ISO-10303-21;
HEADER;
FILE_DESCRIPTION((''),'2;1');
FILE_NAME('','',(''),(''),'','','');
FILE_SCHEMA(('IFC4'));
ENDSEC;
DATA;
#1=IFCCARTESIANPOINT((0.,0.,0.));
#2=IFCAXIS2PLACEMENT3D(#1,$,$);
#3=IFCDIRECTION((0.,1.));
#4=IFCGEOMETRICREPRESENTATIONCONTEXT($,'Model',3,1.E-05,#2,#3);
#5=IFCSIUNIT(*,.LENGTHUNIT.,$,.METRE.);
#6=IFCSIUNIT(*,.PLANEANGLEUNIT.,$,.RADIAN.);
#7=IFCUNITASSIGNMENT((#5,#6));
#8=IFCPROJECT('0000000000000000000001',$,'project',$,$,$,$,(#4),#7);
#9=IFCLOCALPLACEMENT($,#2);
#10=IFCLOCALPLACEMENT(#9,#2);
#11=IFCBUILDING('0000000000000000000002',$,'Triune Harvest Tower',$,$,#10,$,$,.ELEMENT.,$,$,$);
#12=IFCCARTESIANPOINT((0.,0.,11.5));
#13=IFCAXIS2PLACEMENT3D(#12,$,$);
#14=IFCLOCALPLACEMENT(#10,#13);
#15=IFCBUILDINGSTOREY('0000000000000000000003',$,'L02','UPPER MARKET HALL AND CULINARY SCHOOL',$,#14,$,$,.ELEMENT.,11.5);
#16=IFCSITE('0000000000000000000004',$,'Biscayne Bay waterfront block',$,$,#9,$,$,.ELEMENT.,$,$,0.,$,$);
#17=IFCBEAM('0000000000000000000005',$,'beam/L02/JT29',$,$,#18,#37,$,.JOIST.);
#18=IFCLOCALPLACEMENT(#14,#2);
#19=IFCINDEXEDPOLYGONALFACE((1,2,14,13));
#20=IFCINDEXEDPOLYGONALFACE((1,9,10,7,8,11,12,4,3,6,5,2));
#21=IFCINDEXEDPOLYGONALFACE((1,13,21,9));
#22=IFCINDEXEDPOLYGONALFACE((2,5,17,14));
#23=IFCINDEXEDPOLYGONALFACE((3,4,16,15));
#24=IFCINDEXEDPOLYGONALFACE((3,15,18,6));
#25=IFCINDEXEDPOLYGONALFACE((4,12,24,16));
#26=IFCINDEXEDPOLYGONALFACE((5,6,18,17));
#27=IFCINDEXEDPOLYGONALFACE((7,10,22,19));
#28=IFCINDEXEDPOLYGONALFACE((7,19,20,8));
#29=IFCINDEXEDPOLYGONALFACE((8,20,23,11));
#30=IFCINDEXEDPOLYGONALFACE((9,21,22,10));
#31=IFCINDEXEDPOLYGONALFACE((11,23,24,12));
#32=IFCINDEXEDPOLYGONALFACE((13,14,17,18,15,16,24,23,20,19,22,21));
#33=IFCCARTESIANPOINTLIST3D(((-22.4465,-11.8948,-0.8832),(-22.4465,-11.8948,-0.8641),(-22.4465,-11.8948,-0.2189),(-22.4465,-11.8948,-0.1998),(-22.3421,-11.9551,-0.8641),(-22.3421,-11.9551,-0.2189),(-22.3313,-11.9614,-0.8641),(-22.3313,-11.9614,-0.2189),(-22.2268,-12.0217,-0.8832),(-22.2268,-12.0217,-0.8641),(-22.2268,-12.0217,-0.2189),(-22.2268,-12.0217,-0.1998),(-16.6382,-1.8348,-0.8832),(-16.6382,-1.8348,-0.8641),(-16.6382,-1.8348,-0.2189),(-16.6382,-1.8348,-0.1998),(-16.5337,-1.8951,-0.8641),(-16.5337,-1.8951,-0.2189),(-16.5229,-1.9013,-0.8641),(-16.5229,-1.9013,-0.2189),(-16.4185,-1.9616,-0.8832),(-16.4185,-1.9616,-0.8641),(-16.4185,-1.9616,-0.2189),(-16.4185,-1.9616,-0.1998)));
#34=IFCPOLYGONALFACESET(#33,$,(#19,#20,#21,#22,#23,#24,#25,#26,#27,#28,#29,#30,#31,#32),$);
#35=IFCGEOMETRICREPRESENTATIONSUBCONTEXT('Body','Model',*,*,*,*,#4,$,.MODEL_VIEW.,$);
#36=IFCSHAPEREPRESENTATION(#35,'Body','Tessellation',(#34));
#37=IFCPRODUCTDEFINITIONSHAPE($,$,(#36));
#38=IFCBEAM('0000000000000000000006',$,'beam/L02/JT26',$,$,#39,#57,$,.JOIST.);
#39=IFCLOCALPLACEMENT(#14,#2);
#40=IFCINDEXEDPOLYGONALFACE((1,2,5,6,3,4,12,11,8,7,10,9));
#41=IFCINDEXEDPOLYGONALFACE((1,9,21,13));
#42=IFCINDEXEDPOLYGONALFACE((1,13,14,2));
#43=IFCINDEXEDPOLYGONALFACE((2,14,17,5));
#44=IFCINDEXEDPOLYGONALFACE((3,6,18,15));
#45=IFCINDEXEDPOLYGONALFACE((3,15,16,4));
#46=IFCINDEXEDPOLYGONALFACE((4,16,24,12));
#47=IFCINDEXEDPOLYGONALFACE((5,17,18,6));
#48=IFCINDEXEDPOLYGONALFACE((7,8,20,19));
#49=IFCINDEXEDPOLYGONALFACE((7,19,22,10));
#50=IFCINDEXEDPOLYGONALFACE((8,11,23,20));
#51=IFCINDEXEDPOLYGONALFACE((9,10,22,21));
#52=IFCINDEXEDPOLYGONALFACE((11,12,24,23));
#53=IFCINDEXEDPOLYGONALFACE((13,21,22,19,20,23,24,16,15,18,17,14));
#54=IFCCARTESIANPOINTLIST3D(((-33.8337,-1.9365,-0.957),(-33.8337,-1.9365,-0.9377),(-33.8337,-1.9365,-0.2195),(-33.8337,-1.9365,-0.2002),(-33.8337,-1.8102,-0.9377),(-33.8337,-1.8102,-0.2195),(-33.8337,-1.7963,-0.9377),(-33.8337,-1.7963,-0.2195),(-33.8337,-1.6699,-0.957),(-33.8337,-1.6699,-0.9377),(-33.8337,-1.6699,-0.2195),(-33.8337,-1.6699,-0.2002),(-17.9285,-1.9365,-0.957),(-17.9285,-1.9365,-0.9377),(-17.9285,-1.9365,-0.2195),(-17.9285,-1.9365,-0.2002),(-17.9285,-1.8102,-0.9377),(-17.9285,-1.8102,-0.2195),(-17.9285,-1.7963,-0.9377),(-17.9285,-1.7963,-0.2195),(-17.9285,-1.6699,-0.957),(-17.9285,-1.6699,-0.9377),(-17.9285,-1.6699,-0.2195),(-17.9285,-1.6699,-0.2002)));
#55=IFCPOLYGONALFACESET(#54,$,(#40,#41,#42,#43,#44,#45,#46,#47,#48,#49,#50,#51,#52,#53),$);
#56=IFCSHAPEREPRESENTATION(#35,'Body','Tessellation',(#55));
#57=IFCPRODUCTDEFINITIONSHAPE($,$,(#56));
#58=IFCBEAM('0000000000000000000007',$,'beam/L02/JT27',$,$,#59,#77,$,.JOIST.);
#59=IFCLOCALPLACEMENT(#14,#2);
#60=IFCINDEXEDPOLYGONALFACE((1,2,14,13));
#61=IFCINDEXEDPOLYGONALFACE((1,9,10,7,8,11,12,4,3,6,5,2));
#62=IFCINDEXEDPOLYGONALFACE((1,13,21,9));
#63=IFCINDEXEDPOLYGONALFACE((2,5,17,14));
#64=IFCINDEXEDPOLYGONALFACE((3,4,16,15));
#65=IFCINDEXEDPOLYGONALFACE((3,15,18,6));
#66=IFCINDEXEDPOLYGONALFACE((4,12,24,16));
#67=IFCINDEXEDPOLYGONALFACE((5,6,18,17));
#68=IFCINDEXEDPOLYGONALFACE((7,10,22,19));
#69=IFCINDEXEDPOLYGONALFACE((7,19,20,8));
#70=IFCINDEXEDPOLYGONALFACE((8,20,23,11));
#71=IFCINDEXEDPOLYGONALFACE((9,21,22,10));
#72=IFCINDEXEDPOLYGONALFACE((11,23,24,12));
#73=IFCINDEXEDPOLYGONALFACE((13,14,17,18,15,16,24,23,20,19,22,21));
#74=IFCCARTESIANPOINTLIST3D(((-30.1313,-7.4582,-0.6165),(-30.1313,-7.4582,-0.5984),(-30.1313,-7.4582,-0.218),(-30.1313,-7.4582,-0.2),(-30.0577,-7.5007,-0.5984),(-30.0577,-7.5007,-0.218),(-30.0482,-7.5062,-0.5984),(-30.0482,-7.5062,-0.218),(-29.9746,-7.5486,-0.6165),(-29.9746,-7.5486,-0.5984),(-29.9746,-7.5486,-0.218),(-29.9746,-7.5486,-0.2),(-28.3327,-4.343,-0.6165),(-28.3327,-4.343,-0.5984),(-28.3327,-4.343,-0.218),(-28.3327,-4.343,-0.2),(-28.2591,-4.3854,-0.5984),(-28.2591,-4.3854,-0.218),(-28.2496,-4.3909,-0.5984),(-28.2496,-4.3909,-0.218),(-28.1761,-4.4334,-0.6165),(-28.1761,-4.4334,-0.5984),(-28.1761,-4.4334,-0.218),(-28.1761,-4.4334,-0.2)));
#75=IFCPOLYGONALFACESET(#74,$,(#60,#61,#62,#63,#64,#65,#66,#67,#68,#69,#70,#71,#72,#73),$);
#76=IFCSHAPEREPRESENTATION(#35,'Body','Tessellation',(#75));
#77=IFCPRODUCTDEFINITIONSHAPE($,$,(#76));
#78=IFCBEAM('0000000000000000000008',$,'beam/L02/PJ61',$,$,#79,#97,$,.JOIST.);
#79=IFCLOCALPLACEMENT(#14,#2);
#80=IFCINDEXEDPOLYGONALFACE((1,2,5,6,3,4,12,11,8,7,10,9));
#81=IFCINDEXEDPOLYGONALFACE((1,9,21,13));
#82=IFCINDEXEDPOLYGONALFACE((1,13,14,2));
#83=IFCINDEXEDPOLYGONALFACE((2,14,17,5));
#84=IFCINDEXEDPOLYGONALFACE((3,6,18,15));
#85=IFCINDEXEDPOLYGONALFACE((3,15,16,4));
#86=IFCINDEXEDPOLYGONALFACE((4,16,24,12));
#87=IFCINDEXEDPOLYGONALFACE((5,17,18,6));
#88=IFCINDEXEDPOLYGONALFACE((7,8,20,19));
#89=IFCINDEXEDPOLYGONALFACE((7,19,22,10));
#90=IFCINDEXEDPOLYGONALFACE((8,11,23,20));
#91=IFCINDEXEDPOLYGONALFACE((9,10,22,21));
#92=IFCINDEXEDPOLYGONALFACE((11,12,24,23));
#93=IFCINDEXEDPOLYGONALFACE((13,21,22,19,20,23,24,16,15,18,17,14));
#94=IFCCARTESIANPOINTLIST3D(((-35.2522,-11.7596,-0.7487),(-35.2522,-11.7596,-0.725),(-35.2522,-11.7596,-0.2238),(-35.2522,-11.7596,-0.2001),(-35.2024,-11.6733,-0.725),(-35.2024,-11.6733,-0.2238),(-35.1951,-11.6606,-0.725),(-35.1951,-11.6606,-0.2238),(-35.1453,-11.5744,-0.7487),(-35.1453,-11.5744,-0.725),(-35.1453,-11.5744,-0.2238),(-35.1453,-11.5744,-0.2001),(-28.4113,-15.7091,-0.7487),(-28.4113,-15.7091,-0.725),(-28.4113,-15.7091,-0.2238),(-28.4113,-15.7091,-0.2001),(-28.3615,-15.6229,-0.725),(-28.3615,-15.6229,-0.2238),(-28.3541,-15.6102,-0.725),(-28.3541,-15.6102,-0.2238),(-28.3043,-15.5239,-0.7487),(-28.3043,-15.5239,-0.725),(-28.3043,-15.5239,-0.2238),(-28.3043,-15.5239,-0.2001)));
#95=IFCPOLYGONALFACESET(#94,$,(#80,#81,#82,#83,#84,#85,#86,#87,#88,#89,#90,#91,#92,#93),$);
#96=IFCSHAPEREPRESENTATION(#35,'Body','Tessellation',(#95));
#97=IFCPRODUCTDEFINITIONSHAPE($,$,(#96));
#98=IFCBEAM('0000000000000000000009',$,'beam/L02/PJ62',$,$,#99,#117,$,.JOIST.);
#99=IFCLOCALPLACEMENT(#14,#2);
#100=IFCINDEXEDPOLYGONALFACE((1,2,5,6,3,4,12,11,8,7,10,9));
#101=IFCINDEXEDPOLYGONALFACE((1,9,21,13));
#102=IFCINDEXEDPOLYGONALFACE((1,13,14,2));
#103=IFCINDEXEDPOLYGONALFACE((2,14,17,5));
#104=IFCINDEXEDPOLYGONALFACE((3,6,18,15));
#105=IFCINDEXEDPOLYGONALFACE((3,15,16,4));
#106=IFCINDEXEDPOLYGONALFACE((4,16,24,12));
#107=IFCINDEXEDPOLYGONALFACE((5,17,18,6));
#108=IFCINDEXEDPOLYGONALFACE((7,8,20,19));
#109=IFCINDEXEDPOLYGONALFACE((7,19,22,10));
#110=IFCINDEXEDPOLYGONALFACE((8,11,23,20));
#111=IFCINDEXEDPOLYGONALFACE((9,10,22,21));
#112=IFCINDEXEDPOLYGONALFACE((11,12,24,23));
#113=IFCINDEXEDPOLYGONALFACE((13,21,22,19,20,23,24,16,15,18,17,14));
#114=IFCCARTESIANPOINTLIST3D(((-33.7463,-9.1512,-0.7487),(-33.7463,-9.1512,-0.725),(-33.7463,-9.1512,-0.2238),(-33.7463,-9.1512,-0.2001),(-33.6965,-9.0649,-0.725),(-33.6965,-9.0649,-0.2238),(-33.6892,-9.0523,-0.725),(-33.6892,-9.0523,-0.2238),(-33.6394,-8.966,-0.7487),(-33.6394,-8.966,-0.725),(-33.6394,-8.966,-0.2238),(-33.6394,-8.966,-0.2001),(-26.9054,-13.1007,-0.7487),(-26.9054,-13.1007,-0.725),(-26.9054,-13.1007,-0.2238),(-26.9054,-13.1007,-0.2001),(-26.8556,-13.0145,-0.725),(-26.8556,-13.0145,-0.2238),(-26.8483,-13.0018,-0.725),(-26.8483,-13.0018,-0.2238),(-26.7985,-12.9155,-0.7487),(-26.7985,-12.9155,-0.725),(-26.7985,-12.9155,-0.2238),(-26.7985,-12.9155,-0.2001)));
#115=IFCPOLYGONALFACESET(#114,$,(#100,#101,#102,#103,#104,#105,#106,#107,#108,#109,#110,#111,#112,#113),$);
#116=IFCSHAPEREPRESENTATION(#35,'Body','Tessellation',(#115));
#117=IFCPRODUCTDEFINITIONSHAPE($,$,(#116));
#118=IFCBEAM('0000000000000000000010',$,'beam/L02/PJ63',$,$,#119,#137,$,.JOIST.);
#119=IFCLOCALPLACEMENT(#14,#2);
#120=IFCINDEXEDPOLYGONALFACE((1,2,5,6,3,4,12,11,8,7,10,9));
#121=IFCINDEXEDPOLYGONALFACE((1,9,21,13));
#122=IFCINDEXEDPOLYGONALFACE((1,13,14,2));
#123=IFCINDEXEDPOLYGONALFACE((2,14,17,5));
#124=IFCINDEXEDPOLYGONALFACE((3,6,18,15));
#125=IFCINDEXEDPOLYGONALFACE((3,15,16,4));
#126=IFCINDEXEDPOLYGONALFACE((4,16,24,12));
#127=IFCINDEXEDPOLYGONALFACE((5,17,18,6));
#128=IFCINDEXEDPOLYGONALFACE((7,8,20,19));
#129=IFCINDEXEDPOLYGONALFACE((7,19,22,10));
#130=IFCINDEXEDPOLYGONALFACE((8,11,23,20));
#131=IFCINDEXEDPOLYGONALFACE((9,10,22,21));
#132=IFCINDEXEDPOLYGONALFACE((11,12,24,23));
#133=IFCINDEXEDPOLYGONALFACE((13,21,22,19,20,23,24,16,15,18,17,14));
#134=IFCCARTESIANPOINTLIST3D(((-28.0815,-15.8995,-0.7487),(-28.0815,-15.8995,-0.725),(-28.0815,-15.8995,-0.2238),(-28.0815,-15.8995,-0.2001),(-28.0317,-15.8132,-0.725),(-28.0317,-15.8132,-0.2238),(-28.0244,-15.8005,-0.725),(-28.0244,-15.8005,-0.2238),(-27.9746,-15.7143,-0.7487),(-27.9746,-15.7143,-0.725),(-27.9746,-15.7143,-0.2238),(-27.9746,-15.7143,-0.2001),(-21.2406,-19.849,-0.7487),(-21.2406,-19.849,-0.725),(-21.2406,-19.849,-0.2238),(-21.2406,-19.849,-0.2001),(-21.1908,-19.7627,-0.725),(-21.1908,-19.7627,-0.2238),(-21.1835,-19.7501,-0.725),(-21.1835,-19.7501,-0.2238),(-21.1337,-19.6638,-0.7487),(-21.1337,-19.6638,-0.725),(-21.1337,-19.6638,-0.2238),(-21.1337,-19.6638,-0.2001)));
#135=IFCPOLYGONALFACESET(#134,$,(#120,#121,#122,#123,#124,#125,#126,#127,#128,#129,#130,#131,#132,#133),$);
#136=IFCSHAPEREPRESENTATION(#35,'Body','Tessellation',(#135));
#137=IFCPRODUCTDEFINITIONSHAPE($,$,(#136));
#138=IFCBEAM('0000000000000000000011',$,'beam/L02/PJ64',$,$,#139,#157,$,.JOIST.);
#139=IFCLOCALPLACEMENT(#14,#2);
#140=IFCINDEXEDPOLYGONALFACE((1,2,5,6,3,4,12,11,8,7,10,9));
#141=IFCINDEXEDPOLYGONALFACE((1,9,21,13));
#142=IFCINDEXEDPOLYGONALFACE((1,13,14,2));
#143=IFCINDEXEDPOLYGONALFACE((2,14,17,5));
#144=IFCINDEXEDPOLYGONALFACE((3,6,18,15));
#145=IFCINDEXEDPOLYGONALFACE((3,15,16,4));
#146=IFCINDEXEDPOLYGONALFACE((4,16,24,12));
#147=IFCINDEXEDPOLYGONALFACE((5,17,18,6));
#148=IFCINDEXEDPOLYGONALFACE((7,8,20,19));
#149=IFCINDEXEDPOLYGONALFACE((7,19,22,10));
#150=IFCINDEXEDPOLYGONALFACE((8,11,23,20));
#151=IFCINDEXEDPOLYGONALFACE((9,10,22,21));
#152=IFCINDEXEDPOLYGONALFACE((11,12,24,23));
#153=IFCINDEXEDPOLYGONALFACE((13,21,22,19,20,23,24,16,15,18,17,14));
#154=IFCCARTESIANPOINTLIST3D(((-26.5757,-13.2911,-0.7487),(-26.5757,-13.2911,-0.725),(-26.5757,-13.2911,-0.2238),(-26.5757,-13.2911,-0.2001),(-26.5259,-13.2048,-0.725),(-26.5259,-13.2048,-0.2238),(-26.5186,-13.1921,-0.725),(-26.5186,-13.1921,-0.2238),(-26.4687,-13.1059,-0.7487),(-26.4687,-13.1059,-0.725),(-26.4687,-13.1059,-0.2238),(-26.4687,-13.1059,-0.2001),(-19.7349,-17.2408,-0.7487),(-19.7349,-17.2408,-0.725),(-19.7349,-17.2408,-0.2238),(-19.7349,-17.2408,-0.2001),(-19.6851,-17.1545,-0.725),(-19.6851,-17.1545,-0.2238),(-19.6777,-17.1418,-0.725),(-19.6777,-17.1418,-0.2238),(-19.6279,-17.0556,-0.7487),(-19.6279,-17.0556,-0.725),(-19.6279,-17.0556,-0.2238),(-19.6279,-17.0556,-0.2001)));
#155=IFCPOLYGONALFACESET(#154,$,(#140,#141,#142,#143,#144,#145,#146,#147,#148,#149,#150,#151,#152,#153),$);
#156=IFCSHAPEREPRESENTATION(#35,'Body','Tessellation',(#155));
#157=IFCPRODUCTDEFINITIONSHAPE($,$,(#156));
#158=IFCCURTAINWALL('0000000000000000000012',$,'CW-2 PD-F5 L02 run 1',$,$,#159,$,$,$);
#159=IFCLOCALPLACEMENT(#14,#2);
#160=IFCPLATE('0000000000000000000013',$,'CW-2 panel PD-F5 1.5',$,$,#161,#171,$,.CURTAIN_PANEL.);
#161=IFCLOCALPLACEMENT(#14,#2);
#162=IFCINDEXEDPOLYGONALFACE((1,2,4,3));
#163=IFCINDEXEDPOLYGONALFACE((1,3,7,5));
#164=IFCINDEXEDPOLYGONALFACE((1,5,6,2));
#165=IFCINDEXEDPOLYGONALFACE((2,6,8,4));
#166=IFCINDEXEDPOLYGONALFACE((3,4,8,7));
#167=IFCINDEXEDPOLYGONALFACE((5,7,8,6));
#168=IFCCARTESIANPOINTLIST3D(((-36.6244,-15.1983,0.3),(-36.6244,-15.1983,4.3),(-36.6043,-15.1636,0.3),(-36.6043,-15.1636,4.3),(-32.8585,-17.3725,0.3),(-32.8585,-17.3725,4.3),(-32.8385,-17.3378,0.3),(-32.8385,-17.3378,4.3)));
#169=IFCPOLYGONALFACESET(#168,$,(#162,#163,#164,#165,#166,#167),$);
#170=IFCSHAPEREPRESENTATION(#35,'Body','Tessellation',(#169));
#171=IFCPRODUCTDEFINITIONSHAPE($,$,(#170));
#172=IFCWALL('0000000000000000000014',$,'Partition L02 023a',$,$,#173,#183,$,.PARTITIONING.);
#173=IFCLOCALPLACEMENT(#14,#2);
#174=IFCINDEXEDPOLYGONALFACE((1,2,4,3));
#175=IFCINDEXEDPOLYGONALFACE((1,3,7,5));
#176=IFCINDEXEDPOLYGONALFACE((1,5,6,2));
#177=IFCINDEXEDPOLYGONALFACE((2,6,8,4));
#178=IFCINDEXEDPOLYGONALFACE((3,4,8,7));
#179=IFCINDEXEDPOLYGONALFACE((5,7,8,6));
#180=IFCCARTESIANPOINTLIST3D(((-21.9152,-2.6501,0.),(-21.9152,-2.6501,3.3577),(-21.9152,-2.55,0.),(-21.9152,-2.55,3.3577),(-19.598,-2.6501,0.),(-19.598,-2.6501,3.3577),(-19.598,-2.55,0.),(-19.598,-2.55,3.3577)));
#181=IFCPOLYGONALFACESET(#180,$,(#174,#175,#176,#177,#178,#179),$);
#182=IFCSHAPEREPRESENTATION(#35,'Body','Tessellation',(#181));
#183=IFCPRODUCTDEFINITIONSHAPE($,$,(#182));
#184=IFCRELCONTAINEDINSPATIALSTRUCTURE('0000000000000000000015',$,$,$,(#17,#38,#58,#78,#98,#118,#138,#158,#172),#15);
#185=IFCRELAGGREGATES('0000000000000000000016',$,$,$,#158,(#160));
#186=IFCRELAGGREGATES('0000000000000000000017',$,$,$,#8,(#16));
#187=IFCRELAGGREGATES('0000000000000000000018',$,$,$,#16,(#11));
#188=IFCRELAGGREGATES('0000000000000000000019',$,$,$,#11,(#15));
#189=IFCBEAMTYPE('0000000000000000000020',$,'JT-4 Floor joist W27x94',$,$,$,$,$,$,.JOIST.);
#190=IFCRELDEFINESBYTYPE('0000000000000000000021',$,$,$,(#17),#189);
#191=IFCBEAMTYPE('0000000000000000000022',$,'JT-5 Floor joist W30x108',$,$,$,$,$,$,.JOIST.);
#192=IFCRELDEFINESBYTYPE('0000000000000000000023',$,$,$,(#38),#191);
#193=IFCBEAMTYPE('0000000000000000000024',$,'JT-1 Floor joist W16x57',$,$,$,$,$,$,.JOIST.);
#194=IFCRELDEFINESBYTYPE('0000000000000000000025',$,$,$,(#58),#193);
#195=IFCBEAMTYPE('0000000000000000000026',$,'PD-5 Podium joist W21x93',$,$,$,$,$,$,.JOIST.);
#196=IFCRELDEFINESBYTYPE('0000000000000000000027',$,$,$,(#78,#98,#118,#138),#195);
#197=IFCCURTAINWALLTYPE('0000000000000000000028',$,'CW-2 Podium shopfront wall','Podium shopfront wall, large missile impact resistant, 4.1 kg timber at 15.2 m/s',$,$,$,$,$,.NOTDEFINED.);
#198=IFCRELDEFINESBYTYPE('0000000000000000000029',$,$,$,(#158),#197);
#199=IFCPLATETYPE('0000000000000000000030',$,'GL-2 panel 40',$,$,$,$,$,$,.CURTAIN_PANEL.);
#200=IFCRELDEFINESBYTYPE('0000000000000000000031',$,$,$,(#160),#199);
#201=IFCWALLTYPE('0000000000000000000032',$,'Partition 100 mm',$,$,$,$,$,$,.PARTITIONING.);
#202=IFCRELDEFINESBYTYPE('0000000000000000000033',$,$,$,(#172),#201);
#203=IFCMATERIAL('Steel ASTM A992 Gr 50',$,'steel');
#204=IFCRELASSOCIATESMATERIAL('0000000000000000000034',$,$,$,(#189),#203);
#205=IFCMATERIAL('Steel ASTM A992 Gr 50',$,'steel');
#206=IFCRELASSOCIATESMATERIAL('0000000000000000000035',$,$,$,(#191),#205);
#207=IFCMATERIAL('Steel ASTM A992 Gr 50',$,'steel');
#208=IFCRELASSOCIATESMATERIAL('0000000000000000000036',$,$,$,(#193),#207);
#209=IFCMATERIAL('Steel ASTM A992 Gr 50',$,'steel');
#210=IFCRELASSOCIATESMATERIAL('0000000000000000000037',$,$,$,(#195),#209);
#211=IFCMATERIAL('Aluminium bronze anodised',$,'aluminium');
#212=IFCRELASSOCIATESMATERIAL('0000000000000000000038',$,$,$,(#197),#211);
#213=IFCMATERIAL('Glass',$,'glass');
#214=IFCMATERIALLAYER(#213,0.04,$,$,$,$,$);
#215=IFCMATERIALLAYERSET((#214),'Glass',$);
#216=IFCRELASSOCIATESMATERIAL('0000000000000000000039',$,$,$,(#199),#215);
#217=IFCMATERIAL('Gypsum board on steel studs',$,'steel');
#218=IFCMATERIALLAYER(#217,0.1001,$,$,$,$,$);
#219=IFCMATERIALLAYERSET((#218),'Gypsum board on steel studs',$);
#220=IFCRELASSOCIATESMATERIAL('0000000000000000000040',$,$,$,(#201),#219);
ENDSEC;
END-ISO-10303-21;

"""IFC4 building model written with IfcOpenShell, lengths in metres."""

from ifc_helpers import new_model, si_unit, direction, frame, frame_2d, origin, origin_2d, place, context, subcontext, project, spatial, rectangle, i_section, extrude, source, transform, mapped, material, layer, layer_set, material_profile, profile_set, type_object, element, aggregate, save


model = new_model("IFC4")

# Units and contexts
model_context = context("Model", 3, precision=1e-05, world=origin(), true_north=direction((0.0, 1.0)))
body_context = subcontext(model_context, "Body", "Model", "MODEL_VIEW")
ifc_project = project(units=[si_unit("LENGTHUNIT", "METRE"), si_unit("PLANEANGLEUNIT", "RADIAN")], contexts=[model_context])

# Site, building, storey
site_placement = place(None, origin())
site = spatial("IfcSite", under=ifc_project, at=site_placement, Name="Biscayne Bay waterfront block", CompositionType="ELEMENT", RefElevation=0.0)
building_placement = place(site_placement, origin())
building = spatial("IfcBuilding", under=site, at=building_placement, Name="Triune Harvest Tower", CompositionType="ELEMENT")
storey_placement = place(building_placement, frame((0.0, 0.0, 11.5)))
storey = spatial("IfcBuildingStorey", under=building, at=storey_placement, Name="L02", Description="UPPER MARKET HALL AND CULINARY SCHOOL", CompositionType="ELEMENT", Elevation=11.5)

# Beams
ifc_material_1 = material(Name="Steel ASTM A992 Gr 50", Category="steel")
ifc_material_profile_1 = material_profile(ifc_material_1, i_section(OverallWidth=0.2537, OverallDepth=0.6833, WebThickness=0.0125, FlangeThickness=0.019, at=origin_2d()), Name="W27x94")
ifc_profile_set_1 = profile_set([ifc_material_profile_1], Name="Steel ASTM A992 Gr 50")
beam_type_1 = type_object("IfcBeamType", Name="JT-4 Floor joist W27x94", PredefinedType="JOIST", material=ifc_profile_set_1)
shared_shape_1 = source(origin(), body_context, "Body", "SweptSolid", [
    extrude(i_section(OverallWidth=0.2537, OverallDepth=0.6833, WebThickness=0.0125, FlangeThickness=0.019, at=origin_2d()), origin(), (0.0, 0.0, 1.0), 11.6165),
])
beam_1_placement = place(storey_placement, frame((-22.3367, -11.9583, -0.5415), z_axis=(0.500011, 0.866019, 0.0), x_axis=(-0.866019, 0.500011, 0.0)))
element("IfcBeam", 1, at=beam_1_placement, inside=storey, type_object=beam_type_1, Name="beam/L02/JT29", PredefinedType="JOIST", context=body_context, shape_type="MappedRepresentation", body=[
    mapped(shared_shape_1, transform((0.0, 0.0, 0.0), scale=1.0)),
])
ifc_material_2 = material(Name="Steel ASTM A992 Gr 50", Category="steel")
ifc_material_profile_2 = material_profile(ifc_material_2, i_section(OverallWidth=0.2666, OverallDepth=0.7568, WebThickness=0.0139, FlangeThickness=0.0193, at=origin_2d()), Name="W30x108")
ifc_profile_set_2 = profile_set([ifc_material_profile_2], Name="Steel ASTM A992 Gr 50")
beam_type_2 = type_object("IfcBeamType", Name="JT-5 Floor joist W30x108", PredefinedType="JOIST", material=ifc_profile_set_2)
shared_shape_2 = source(origin(), body_context, "Body", "SweptSolid", [
    extrude(i_section(OverallWidth=0.2666, OverallDepth=0.7568, WebThickness=0.0139, FlangeThickness=0.0193, at=origin_2d()), origin(), (0.0, 0.0, 1.0), 15.9053),
])
beam_2_placement = place(storey_placement, frame((-33.8337, -1.8032, -0.5786), z_axis=(1.0, 0.0, 0.0), x_axis=(0.0, 1.0, 0.0)))
element("IfcBeam", 2, at=beam_2_placement, inside=storey, type_object=beam_type_2, Name="beam/L02/JT26", PredefinedType="JOIST", context=body_context, shape_type="MappedRepresentation", body=[
    mapped(shared_shape_2, transform((0.0, 0.0, 0.0), scale=1.0)),
])
ifc_material_3 = material(Name="Steel ASTM A992 Gr 50", Category="steel")
ifc_material_profile_3 = material_profile(ifc_material_3, i_section(OverallWidth=0.1809, OverallDepth=0.4165, WebThickness=0.011, FlangeThickness=0.0181, at=origin_2d()), Name="W16x57")
ifc_profile_set_3 = profile_set([ifc_material_profile_3], Name="Steel ASTM A992 Gr 50")
beam_type_3 = type_object("IfcBeamType", Name="JT-1 Floor joist W16x57", PredefinedType="JOIST", material=ifc_profile_set_3)
shared_shape_3 = source(origin(), body_context, "Body", "SweptSolid", [
    extrude(i_section(OverallWidth=0.1809, OverallDepth=0.4165, WebThickness=0.011, FlangeThickness=0.0181, at=origin_2d()), origin(), (0.0, 0.0, 1.0), 3.5972),
])
beam_3_placement = place(storey_placement, frame((-30.053, -7.5034, -0.4082), z_axis=(0.500001, 0.866025, 0.0), x_axis=(-0.866025, 0.500001, 0.0)))
element("IfcBeam", 3, at=beam_3_placement, inside=storey, type_object=beam_type_3, Name="beam/L02/JT27", PredefinedType="JOIST", context=body_context, shape_type="MappedRepresentation", body=[
    mapped(shared_shape_3, transform((0.0, 0.0, 0.0), scale=1.0)),
])
ifc_material_4 = material(Name="Steel ASTM A992 Gr 50", Category="steel")
ifc_material_profile_4 = material_profile(ifc_material_4, i_section(OverallWidth=0.2139, OverallDepth=0.5486, WebThickness=0.0146, FlangeThickness=0.0237, at=origin_2d()), Name="W21x93")
ifc_profile_set_4 = profile_set([ifc_material_profile_4], Name="Steel ASTM A992 Gr 50")
beam_type_4 = type_object("IfcBeamType", Name="PD-5 Podium joist W21x93", PredefinedType="JOIST", material=ifc_profile_set_4)
shared_shape_4 = source(origin(), body_context, "Body", "SweptSolid", [
    extrude(i_section(OverallWidth=0.2139, OverallDepth=0.5486, WebThickness=0.0146, FlangeThickness=0.0237, at=origin_2d()), origin(), (0.0, 0.0, 1.0), 7.8992),
])
for number, where, z_axis, x_axis, name in (
    (4, (-35.1987, -11.667, -0.4744), (0.86603, -0.499992, 0.0), (0.499992, 0.86603, 0.0), "beam/L02/PJ61"),
    (5, (-33.6929, -9.0586, -0.4744), (0.86603, -0.499992, 0.0), (0.499992, 0.86603, 0.0), "beam/L02/PJ62"),
    (6, (-28.0281, -15.8069, -0.4744), (0.86603, -0.499992, 0.0), (0.499992, 0.86603, 0.0), "beam/L02/PJ63"),
    (7, (-26.5222, -13.1985, -0.4744), (0.866017, -0.500015, 0.0), (0.500015, 0.866017, 0.0), "beam/L02/PJ64"),
):
    element("IfcBeam", number, at=place(storey_placement, frame(where, z_axis=z_axis, x_axis=x_axis)), inside=storey, type_object=beam_type_4, Name=name, PredefinedType="JOIST", context=body_context, shape_type="MappedRepresentation", body=[
        mapped(shared_shape_4, transform((0.0, 0.0, 0.0), scale=1.0)),
    ])

# Curtain wall, plate
ifc_material_5 = material(Name="Aluminium bronze anodised", Category="aluminium")
curtain_wall_type = type_object("IfcCurtainWallType", Name="CW-2 Podium shopfront wall", Description="Podium shopfront wall, large missile impact resistant, 4.1 kg timber at 15.2 m/s", PredefinedType="NOTDEFINED", material=ifc_material_5)
curtain_wall_placement = place(storey_placement, origin())
curtain_wall = element("IfcCurtainWall", 8, at=curtain_wall_placement, inside=storey, type_object=curtain_wall_type, Name="CW-2 PD-F5 L02 run 1")
ifc_material_6 = material(Name="Glass", Category="glass")
ifc_layer_1 = layer(ifc_material_6, 0.04)
ifc_layer_set_1 = layer_set([ifc_layer_1], Name="Glass")
plate_type = type_object("IfcPlateType", Name="GL-2 panel 40", PredefinedType="CURTAIN_PANEL", material=ifc_layer_set_1)
shared_shape_5 = source(origin(), body_context, "Body", "SweptSolid", [
    extrude(rectangle(XDim=4.3484, YDim=0.04, at=origin_2d()), origin(), (0.0, 0.0, 1.0), 4.0),
])
plate_placement = place(storey_placement, frame((-34.7314, -16.2681, 0.3), z_axis=(0.0, 0.0, 1.0), x_axis=(0.866025, -0.5, 0.0)))
plate = element("IfcPlate", 9, at=plate_placement, type_object=plate_type, Name="CW-2 panel PD-F5 1.5", PredefinedType="CURTAIN_PANEL", context=body_context, shape_type="MappedRepresentation", body=[
    mapped(shared_shape_5, transform((0.0, 0.0, 0.0), scale=1.0)),
])
aggregate(curtain_wall, [plate])

# Wall
ifc_material_7 = material(Name="Gypsum board on steel studs", Category="steel")
ifc_layer_2 = layer(ifc_material_7, 0.1001)
ifc_layer_set_2 = layer_set([ifc_layer_2], Name="Gypsum board on steel studs")
wall_type = type_object("IfcWallType", Name="Partition 100 mm", PredefinedType="PARTITIONING", material=ifc_layer_set_2)
wall_1_placement = place(storey_placement, frame((-21.9153, -2.6001, 0.0), z_axis=(0.0, 0.0, 1.0), x_axis=(1.0, 0.0, 0.0)))
element("IfcWall", 10, at=wall_1_placement, inside=storey, type_object=wall_type, Name="Partition L02 023a", PredefinedType="PARTITIONING", context=body_context, shape_type="SweptSolid", body=[
    extrude(rectangle(XDim=2.3171, YDim=0.1001, at=frame_2d((1.1587, 0.0))), origin(), (0.0, 0.0, 1.0), 3.3577),
])

save(model, "model.ifc")
